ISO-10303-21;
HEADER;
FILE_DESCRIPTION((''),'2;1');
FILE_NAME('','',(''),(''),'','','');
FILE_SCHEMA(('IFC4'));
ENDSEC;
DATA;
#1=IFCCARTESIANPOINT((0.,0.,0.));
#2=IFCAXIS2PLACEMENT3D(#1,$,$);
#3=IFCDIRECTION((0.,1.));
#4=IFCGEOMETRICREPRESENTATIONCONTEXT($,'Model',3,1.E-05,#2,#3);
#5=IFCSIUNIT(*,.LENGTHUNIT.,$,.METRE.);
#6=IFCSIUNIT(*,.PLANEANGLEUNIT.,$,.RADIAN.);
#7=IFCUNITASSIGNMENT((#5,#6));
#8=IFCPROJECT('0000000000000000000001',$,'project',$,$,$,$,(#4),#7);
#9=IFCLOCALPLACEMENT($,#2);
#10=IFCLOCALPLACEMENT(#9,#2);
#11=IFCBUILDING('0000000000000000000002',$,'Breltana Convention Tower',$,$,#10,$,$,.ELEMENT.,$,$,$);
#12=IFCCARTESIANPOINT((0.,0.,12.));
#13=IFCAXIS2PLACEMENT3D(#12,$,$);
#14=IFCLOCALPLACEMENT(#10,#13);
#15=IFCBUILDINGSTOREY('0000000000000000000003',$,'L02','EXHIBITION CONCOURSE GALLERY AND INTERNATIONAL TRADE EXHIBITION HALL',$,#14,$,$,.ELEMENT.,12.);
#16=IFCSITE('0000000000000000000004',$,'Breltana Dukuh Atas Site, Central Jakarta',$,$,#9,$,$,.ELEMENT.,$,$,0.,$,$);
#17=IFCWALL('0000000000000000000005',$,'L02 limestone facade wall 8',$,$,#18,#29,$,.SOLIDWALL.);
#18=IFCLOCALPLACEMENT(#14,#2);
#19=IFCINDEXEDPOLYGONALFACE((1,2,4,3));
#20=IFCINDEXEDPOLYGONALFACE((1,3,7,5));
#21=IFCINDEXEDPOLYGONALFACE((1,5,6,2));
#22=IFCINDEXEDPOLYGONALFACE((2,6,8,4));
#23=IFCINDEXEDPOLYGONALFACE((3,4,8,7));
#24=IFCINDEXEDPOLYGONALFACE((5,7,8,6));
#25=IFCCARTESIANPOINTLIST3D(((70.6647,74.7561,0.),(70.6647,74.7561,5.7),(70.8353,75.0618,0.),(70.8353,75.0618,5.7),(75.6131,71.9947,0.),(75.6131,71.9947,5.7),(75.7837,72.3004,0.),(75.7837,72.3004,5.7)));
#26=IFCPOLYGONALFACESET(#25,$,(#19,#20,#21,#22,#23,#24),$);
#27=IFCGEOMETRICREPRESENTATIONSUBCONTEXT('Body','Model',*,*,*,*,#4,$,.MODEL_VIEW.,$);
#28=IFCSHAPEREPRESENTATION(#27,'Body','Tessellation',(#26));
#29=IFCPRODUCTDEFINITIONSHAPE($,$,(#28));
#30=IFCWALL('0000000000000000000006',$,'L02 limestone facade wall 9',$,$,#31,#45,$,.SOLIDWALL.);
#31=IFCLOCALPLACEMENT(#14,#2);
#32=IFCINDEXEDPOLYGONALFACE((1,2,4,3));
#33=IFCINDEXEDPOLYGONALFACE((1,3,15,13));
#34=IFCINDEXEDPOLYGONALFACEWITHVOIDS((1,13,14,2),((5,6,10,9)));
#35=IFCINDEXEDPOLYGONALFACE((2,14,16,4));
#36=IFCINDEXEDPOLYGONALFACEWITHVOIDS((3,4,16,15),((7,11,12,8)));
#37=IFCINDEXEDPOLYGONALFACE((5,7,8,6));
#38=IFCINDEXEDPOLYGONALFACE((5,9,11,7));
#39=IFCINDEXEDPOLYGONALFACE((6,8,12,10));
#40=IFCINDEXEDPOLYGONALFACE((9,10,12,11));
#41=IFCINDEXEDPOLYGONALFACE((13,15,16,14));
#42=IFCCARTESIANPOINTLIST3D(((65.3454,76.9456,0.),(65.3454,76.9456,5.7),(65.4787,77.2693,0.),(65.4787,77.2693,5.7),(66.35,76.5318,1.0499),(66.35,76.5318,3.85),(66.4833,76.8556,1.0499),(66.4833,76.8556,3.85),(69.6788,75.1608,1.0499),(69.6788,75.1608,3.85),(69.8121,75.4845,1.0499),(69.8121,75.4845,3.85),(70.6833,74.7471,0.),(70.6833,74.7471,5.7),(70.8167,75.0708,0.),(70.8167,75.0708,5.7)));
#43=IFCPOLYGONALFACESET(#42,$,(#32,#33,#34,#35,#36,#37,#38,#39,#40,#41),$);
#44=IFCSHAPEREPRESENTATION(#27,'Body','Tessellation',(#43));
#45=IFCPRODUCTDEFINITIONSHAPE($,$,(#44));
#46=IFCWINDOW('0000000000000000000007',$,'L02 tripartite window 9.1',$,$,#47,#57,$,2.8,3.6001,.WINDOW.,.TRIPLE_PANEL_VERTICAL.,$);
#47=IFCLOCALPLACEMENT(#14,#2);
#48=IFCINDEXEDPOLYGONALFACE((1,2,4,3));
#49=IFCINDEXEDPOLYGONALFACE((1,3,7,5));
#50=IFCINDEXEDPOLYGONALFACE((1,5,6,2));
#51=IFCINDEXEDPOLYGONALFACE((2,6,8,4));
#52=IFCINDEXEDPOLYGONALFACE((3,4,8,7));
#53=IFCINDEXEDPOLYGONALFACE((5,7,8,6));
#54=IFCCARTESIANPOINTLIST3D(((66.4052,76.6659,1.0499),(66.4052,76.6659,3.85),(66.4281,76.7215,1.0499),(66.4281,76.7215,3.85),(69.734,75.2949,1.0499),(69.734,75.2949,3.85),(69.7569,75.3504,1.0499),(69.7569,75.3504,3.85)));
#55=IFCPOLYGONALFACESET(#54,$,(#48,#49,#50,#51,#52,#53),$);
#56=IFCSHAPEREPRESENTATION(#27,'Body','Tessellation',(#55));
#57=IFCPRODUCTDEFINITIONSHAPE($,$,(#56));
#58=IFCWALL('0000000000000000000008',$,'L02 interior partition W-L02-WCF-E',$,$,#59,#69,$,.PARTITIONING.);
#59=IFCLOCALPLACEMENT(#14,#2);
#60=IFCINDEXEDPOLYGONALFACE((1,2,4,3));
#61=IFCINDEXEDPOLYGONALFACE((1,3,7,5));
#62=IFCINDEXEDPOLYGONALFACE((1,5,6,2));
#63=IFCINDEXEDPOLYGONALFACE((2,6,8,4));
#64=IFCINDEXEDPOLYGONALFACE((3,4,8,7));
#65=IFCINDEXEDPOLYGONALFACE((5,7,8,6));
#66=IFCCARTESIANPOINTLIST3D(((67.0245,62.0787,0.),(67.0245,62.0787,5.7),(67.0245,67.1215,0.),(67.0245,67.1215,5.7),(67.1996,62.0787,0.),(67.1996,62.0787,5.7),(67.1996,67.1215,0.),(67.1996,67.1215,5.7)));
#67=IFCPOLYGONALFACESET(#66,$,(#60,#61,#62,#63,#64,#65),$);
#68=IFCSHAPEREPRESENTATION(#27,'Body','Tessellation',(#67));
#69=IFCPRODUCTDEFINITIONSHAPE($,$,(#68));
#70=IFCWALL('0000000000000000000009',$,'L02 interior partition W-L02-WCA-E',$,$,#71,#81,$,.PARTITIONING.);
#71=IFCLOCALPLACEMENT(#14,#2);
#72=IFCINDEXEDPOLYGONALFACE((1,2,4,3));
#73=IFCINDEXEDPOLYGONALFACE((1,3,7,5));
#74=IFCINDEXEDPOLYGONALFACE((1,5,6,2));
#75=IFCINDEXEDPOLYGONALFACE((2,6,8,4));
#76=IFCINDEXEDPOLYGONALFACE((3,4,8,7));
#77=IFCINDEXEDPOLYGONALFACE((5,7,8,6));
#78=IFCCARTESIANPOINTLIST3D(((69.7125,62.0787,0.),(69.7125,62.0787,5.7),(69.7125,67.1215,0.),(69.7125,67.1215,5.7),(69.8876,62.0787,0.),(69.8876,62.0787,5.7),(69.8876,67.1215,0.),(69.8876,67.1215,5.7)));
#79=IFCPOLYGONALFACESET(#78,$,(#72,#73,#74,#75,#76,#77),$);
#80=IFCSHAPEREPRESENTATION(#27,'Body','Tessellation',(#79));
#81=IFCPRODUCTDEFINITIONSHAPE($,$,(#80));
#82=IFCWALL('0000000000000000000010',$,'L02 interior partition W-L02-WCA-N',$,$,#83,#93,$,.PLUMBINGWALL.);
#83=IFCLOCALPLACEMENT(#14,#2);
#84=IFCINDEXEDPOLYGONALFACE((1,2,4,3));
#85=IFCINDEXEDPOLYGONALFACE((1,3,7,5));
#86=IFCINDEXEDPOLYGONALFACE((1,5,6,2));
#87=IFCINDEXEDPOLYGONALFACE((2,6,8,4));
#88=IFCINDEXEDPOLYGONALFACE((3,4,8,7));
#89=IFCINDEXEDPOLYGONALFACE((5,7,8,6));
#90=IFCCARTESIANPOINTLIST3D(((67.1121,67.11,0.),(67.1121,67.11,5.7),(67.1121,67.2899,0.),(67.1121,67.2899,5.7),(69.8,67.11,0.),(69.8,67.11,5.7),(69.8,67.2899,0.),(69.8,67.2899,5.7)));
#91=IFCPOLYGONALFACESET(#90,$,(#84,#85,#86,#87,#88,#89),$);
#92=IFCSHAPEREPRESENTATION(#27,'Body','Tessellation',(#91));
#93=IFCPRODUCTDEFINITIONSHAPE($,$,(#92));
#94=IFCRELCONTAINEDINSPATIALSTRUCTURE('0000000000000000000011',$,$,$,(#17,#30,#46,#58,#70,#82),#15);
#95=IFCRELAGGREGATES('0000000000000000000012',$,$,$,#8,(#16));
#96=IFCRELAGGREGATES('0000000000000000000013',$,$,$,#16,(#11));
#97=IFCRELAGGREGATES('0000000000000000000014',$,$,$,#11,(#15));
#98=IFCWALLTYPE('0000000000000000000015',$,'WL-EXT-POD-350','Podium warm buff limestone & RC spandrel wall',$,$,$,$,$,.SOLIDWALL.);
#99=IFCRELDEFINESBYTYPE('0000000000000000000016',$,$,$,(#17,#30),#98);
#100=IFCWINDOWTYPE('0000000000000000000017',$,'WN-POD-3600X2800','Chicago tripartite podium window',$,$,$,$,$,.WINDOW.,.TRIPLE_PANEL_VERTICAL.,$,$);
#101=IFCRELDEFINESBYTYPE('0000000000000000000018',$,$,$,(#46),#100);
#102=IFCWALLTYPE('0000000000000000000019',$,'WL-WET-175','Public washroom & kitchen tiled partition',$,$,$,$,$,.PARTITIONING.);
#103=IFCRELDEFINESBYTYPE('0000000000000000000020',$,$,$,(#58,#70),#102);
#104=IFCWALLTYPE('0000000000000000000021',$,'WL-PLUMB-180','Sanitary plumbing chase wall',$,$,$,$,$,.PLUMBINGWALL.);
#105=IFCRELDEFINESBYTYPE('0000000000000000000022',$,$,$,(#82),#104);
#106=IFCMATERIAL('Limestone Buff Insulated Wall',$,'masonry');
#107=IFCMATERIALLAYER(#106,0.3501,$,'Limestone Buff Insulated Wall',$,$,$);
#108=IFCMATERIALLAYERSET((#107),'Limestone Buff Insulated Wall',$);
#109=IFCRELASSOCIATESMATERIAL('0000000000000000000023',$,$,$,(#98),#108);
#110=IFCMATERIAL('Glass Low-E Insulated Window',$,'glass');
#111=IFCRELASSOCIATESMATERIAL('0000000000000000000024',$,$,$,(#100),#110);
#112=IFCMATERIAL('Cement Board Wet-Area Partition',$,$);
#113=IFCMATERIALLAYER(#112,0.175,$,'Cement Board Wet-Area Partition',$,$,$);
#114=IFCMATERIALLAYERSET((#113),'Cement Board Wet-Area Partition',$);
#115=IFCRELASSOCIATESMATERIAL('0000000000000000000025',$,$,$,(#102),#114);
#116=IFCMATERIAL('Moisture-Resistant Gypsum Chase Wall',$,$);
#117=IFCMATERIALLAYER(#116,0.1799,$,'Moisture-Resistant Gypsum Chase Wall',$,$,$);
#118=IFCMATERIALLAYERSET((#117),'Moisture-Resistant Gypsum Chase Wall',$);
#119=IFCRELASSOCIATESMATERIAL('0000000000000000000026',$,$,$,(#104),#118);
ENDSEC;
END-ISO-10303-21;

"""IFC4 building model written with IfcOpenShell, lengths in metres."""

from ifc_helpers import new_model, si_unit, direction, frame, frame_2d, origin, place, context, subcontext, project, spatial, rectangle, extrude, source, transform, mapped, material, layer, layer_set, type_object, type_shapes, element, fill, save


model = new_model("IFC4")

# Units and contexts
model_context = context("Model", 3, precision=1e-05, world=origin(), true_north=direction((0.0, 1.0)))
body_context = subcontext(model_context, "Body", "Model", "MODEL_VIEW")
ifc_project = project(units=[si_unit("LENGTHUNIT", "METRE"), si_unit("PLANEANGLEUNIT", "RADIAN")], contexts=[model_context])

# Site, building, storey
site_placement = place(None, origin())
site = spatial("IfcSite", under=ifc_project, at=site_placement, Name="Breltana Dukuh Atas Site, Central Jakarta", CompositionType="ELEMENT", RefElevation=0.0)
building_placement = place(site_placement, origin())
building = spatial("IfcBuilding", under=site, at=building_placement, Name="Breltana Convention Tower", CompositionType="ELEMENT")
storey_placement = place(building_placement, frame((0.0, 0.0, 12.0)))
storey = spatial("IfcBuildingStorey", under=building, at=storey_placement, Name="L02", Description="EXHIBITION CONCOURSE GALLERY AND INTERNATIONAL TRADE EXHIBITION HALL", CompositionType="ELEMENT", Elevation=12.0)

# Shared definitions
ifc_material_1 = material(Name="Limestone Buff Insulated Wall", Category="masonry")
ifc_layer_1 = layer(ifc_material_1, 0.3501, Name="Limestone Buff Insulated Wall")
ifc_layer_set_1 = layer_set([ifc_layer_1], Name="Limestone Buff Insulated Wall")
wall_type_1 = type_object("IfcWallType", Name="WL-EXT-POD-350", Description="Podium warm buff limestone & RC spandrel wall", PredefinedType="SOLIDWALL", material=ifc_layer_set_1)
ifc_material_2 = material(Name="Glass Low-E Insulated Window", Category="glass")

# Shared definitions
window_type_1 = type_object("IfcWindowType", Name="WN-POD-3600X2800", Description="Chicago tripartite podium window", PartitioningType="TRIPLE_PANEL_VERTICAL", PredefinedType="WINDOW", material=ifc_material_2)
shared_shape_1 = source(origin(), body_context, "Body", "SweptSolid", [
    extrude(rectangle(XDim=3.6001, YDim=2.8, at=frame_2d((1.8, 1.3999))), frame((0.0, 0.03, 0.0), z_axis=(0.0, -1.0, 0.0), x_axis=(1.0, 0.0, 0.0)), (0.0, 0.0, 1.0), 0.0601),
])
type_shapes(window_type_1, [shared_shape_1])

# Wall
shared_shape_2 = source(origin(), body_context, "Body", "SweptSolid", [
    extrude(rectangle(XDim=5.6667, YDim=0.3501, at=frame_2d((2.8335, 0.0))), origin(), (0.0, 0.0, 1.0), 5.7),
])
wall_1_placement = place(storey_placement, frame((75.6985, 72.1475, 0.0), z_axis=(0.0, 0.0, 1.0), x_axis=(-0.873233, 0.487303, 0.0)))
element("IfcWall", 1, at=wall_1_placement, inside=storey, type_object=wall_type_1, Name="L02 limestone facade wall 8", PredefinedType="SOLIDWALL", context=body_context, shape_type="MappedRepresentation", body=[
    mapped(shared_shape_2, transform((0.0, 0.0, 0.0), scale=1.0)),
])

# Wall, opening, window
shared_shape_3 = source(origin(), body_context, "Body", "SweptSolid", [
    extrude(rectangle(XDim=5.7729, YDim=0.3501, at=frame_2d((2.8865, 0.0))), origin(), (0.0, 0.0, 1.0), 5.7),
])
wall_2_placement = place(storey_placement, frame((70.75, 74.9089, 0.0), z_axis=(0.0, 0.0, 1.0), x_axis=(-0.924646, 0.380829, 0.0)))
wall_2 = element("IfcWall", 2, at=wall_2_placement, inside=storey, type_object=wall_type_1, Name="L02 limestone facade wall 9", PredefinedType="SOLIDWALL", context=body_context, shape_type="MappedRepresentation", body=[
    mapped(shared_shape_3, transform((0.0, 0.0, 0.0), scale=1.0)),
])
opening_1_placement = place(wall_2_placement, frame((1.0864, 0.0, 1.05)))
opening_1 = element("IfcOpeningElement", 3, at=opening_1_placement, cuts=wall_2, PredefinedType="OPENING", context=body_context, shape_type="SweptSolid", body=[
    extrude(rectangle(XDim=3.6001, YDim=2.8, at=frame_2d((1.8, 1.3999))), frame((0.0, 0.1851, 0.0), z_axis=(0.0, -1.0, 0.0), x_axis=(1.0, 0.0, 0.0)), (0.0, 0.0, 1.0), 0.3701),
])
window_1_placement = place(opening_1_placement, origin())
window_1 = element("IfcWindow", 4, at=window_1_placement, inside=storey, type_object=window_type_1, Name="L02 tripartite window 9.1", OverallHeight=2.8, OverallWidth=3.6001, PartitioningType="TRIPLE_PANEL_VERTICAL", PredefinedType="WINDOW", context=body_context, shape_type="MappedRepresentation", body=[
    mapped(shared_shape_1, transform((0.0, 0.0, 0.0), scale=1.0)),
])
fill(opening_1, window_1)

# Walls
ifc_material_3 = material(Name="Cement Board Wet-Area Partition")
ifc_layer_2 = layer(ifc_material_3, 0.175, Name="Cement Board Wet-Area Partition")
ifc_layer_set_2 = layer_set([ifc_layer_2], Name="Cement Board Wet-Area Partition")
wall_type_2 = type_object("IfcWallType", Name="WL-WET-175", Description="Public washroom & kitchen tiled partition", PredefinedType="PARTITIONING", material=ifc_layer_set_2)
shared_shape_4 = source(origin(), body_context, "Body", "SweptSolid", [
    extrude(rectangle(XDim=5.0427, YDim=0.175, at=frame_2d((2.5215, 0.0))), origin(), (0.0, 0.0, 1.0), 5.7),
])
for number, where, z_axis, x_axis, name in (
    (5, (67.1121, 62.0786, 0.0), (0.0, 0.0, 1.0), (0.0, 1.0, 0.0), "L02 interior partition W-L02-WCF-E"),
    (6, (69.8, 62.0786, 0.0), (0.0, 0.0, 1.0), (0.0, 1.0, 0.0), "L02 interior partition W-L02-WCA-E"),
):
    element("IfcWall", number, at=place(storey_placement, frame(where, z_axis=z_axis, x_axis=x_axis)), inside=storey, type_object=wall_type_2, Name=name, PredefinedType="PARTITIONING", context=body_context, shape_type="MappedRepresentation", body=[
        mapped(shared_shape_4, transform((0.0, 0.0, 0.0), scale=1.0)),
    ])
ifc_material_4 = material(Name="Moisture-Resistant Gypsum Chase Wall")
ifc_layer_3 = layer(ifc_material_4, 0.1799, Name="Moisture-Resistant Gypsum Chase Wall")
ifc_layer_set_3 = layer_set([ifc_layer_3], Name="Moisture-Resistant Gypsum Chase Wall")
wall_type_3 = type_object("IfcWallType", Name="WL-PLUMB-180", Description="Sanitary plumbing chase wall", PredefinedType="PLUMBINGWALL", material=ifc_layer_set_3)
shared_shape_5 = source(origin(), body_context, "Body", "SweptSolid", [
    extrude(rectangle(XDim=2.688, YDim=0.1799, at=frame_2d((1.344, 0.0))), origin(), (0.0, 0.0, 1.0), 5.7),
])
wall_3_placement = place(storey_placement, frame((67.1121, 67.2, 0.0), z_axis=(0.0, 0.0, 1.0), x_axis=(1.0, 0.0, 0.0)))
element("IfcWall", 7, at=wall_3_placement, inside=storey, type_object=wall_type_3, Name="L02 interior partition W-L02-WCA-N", PredefinedType="PLUMBINGWALL", context=body_context, shape_type="MappedRepresentation", body=[
    mapped(shared_shape_5, transform((0.0, 0.0, 0.0), scale=1.0)),
])

save(model, "model.ifc")
